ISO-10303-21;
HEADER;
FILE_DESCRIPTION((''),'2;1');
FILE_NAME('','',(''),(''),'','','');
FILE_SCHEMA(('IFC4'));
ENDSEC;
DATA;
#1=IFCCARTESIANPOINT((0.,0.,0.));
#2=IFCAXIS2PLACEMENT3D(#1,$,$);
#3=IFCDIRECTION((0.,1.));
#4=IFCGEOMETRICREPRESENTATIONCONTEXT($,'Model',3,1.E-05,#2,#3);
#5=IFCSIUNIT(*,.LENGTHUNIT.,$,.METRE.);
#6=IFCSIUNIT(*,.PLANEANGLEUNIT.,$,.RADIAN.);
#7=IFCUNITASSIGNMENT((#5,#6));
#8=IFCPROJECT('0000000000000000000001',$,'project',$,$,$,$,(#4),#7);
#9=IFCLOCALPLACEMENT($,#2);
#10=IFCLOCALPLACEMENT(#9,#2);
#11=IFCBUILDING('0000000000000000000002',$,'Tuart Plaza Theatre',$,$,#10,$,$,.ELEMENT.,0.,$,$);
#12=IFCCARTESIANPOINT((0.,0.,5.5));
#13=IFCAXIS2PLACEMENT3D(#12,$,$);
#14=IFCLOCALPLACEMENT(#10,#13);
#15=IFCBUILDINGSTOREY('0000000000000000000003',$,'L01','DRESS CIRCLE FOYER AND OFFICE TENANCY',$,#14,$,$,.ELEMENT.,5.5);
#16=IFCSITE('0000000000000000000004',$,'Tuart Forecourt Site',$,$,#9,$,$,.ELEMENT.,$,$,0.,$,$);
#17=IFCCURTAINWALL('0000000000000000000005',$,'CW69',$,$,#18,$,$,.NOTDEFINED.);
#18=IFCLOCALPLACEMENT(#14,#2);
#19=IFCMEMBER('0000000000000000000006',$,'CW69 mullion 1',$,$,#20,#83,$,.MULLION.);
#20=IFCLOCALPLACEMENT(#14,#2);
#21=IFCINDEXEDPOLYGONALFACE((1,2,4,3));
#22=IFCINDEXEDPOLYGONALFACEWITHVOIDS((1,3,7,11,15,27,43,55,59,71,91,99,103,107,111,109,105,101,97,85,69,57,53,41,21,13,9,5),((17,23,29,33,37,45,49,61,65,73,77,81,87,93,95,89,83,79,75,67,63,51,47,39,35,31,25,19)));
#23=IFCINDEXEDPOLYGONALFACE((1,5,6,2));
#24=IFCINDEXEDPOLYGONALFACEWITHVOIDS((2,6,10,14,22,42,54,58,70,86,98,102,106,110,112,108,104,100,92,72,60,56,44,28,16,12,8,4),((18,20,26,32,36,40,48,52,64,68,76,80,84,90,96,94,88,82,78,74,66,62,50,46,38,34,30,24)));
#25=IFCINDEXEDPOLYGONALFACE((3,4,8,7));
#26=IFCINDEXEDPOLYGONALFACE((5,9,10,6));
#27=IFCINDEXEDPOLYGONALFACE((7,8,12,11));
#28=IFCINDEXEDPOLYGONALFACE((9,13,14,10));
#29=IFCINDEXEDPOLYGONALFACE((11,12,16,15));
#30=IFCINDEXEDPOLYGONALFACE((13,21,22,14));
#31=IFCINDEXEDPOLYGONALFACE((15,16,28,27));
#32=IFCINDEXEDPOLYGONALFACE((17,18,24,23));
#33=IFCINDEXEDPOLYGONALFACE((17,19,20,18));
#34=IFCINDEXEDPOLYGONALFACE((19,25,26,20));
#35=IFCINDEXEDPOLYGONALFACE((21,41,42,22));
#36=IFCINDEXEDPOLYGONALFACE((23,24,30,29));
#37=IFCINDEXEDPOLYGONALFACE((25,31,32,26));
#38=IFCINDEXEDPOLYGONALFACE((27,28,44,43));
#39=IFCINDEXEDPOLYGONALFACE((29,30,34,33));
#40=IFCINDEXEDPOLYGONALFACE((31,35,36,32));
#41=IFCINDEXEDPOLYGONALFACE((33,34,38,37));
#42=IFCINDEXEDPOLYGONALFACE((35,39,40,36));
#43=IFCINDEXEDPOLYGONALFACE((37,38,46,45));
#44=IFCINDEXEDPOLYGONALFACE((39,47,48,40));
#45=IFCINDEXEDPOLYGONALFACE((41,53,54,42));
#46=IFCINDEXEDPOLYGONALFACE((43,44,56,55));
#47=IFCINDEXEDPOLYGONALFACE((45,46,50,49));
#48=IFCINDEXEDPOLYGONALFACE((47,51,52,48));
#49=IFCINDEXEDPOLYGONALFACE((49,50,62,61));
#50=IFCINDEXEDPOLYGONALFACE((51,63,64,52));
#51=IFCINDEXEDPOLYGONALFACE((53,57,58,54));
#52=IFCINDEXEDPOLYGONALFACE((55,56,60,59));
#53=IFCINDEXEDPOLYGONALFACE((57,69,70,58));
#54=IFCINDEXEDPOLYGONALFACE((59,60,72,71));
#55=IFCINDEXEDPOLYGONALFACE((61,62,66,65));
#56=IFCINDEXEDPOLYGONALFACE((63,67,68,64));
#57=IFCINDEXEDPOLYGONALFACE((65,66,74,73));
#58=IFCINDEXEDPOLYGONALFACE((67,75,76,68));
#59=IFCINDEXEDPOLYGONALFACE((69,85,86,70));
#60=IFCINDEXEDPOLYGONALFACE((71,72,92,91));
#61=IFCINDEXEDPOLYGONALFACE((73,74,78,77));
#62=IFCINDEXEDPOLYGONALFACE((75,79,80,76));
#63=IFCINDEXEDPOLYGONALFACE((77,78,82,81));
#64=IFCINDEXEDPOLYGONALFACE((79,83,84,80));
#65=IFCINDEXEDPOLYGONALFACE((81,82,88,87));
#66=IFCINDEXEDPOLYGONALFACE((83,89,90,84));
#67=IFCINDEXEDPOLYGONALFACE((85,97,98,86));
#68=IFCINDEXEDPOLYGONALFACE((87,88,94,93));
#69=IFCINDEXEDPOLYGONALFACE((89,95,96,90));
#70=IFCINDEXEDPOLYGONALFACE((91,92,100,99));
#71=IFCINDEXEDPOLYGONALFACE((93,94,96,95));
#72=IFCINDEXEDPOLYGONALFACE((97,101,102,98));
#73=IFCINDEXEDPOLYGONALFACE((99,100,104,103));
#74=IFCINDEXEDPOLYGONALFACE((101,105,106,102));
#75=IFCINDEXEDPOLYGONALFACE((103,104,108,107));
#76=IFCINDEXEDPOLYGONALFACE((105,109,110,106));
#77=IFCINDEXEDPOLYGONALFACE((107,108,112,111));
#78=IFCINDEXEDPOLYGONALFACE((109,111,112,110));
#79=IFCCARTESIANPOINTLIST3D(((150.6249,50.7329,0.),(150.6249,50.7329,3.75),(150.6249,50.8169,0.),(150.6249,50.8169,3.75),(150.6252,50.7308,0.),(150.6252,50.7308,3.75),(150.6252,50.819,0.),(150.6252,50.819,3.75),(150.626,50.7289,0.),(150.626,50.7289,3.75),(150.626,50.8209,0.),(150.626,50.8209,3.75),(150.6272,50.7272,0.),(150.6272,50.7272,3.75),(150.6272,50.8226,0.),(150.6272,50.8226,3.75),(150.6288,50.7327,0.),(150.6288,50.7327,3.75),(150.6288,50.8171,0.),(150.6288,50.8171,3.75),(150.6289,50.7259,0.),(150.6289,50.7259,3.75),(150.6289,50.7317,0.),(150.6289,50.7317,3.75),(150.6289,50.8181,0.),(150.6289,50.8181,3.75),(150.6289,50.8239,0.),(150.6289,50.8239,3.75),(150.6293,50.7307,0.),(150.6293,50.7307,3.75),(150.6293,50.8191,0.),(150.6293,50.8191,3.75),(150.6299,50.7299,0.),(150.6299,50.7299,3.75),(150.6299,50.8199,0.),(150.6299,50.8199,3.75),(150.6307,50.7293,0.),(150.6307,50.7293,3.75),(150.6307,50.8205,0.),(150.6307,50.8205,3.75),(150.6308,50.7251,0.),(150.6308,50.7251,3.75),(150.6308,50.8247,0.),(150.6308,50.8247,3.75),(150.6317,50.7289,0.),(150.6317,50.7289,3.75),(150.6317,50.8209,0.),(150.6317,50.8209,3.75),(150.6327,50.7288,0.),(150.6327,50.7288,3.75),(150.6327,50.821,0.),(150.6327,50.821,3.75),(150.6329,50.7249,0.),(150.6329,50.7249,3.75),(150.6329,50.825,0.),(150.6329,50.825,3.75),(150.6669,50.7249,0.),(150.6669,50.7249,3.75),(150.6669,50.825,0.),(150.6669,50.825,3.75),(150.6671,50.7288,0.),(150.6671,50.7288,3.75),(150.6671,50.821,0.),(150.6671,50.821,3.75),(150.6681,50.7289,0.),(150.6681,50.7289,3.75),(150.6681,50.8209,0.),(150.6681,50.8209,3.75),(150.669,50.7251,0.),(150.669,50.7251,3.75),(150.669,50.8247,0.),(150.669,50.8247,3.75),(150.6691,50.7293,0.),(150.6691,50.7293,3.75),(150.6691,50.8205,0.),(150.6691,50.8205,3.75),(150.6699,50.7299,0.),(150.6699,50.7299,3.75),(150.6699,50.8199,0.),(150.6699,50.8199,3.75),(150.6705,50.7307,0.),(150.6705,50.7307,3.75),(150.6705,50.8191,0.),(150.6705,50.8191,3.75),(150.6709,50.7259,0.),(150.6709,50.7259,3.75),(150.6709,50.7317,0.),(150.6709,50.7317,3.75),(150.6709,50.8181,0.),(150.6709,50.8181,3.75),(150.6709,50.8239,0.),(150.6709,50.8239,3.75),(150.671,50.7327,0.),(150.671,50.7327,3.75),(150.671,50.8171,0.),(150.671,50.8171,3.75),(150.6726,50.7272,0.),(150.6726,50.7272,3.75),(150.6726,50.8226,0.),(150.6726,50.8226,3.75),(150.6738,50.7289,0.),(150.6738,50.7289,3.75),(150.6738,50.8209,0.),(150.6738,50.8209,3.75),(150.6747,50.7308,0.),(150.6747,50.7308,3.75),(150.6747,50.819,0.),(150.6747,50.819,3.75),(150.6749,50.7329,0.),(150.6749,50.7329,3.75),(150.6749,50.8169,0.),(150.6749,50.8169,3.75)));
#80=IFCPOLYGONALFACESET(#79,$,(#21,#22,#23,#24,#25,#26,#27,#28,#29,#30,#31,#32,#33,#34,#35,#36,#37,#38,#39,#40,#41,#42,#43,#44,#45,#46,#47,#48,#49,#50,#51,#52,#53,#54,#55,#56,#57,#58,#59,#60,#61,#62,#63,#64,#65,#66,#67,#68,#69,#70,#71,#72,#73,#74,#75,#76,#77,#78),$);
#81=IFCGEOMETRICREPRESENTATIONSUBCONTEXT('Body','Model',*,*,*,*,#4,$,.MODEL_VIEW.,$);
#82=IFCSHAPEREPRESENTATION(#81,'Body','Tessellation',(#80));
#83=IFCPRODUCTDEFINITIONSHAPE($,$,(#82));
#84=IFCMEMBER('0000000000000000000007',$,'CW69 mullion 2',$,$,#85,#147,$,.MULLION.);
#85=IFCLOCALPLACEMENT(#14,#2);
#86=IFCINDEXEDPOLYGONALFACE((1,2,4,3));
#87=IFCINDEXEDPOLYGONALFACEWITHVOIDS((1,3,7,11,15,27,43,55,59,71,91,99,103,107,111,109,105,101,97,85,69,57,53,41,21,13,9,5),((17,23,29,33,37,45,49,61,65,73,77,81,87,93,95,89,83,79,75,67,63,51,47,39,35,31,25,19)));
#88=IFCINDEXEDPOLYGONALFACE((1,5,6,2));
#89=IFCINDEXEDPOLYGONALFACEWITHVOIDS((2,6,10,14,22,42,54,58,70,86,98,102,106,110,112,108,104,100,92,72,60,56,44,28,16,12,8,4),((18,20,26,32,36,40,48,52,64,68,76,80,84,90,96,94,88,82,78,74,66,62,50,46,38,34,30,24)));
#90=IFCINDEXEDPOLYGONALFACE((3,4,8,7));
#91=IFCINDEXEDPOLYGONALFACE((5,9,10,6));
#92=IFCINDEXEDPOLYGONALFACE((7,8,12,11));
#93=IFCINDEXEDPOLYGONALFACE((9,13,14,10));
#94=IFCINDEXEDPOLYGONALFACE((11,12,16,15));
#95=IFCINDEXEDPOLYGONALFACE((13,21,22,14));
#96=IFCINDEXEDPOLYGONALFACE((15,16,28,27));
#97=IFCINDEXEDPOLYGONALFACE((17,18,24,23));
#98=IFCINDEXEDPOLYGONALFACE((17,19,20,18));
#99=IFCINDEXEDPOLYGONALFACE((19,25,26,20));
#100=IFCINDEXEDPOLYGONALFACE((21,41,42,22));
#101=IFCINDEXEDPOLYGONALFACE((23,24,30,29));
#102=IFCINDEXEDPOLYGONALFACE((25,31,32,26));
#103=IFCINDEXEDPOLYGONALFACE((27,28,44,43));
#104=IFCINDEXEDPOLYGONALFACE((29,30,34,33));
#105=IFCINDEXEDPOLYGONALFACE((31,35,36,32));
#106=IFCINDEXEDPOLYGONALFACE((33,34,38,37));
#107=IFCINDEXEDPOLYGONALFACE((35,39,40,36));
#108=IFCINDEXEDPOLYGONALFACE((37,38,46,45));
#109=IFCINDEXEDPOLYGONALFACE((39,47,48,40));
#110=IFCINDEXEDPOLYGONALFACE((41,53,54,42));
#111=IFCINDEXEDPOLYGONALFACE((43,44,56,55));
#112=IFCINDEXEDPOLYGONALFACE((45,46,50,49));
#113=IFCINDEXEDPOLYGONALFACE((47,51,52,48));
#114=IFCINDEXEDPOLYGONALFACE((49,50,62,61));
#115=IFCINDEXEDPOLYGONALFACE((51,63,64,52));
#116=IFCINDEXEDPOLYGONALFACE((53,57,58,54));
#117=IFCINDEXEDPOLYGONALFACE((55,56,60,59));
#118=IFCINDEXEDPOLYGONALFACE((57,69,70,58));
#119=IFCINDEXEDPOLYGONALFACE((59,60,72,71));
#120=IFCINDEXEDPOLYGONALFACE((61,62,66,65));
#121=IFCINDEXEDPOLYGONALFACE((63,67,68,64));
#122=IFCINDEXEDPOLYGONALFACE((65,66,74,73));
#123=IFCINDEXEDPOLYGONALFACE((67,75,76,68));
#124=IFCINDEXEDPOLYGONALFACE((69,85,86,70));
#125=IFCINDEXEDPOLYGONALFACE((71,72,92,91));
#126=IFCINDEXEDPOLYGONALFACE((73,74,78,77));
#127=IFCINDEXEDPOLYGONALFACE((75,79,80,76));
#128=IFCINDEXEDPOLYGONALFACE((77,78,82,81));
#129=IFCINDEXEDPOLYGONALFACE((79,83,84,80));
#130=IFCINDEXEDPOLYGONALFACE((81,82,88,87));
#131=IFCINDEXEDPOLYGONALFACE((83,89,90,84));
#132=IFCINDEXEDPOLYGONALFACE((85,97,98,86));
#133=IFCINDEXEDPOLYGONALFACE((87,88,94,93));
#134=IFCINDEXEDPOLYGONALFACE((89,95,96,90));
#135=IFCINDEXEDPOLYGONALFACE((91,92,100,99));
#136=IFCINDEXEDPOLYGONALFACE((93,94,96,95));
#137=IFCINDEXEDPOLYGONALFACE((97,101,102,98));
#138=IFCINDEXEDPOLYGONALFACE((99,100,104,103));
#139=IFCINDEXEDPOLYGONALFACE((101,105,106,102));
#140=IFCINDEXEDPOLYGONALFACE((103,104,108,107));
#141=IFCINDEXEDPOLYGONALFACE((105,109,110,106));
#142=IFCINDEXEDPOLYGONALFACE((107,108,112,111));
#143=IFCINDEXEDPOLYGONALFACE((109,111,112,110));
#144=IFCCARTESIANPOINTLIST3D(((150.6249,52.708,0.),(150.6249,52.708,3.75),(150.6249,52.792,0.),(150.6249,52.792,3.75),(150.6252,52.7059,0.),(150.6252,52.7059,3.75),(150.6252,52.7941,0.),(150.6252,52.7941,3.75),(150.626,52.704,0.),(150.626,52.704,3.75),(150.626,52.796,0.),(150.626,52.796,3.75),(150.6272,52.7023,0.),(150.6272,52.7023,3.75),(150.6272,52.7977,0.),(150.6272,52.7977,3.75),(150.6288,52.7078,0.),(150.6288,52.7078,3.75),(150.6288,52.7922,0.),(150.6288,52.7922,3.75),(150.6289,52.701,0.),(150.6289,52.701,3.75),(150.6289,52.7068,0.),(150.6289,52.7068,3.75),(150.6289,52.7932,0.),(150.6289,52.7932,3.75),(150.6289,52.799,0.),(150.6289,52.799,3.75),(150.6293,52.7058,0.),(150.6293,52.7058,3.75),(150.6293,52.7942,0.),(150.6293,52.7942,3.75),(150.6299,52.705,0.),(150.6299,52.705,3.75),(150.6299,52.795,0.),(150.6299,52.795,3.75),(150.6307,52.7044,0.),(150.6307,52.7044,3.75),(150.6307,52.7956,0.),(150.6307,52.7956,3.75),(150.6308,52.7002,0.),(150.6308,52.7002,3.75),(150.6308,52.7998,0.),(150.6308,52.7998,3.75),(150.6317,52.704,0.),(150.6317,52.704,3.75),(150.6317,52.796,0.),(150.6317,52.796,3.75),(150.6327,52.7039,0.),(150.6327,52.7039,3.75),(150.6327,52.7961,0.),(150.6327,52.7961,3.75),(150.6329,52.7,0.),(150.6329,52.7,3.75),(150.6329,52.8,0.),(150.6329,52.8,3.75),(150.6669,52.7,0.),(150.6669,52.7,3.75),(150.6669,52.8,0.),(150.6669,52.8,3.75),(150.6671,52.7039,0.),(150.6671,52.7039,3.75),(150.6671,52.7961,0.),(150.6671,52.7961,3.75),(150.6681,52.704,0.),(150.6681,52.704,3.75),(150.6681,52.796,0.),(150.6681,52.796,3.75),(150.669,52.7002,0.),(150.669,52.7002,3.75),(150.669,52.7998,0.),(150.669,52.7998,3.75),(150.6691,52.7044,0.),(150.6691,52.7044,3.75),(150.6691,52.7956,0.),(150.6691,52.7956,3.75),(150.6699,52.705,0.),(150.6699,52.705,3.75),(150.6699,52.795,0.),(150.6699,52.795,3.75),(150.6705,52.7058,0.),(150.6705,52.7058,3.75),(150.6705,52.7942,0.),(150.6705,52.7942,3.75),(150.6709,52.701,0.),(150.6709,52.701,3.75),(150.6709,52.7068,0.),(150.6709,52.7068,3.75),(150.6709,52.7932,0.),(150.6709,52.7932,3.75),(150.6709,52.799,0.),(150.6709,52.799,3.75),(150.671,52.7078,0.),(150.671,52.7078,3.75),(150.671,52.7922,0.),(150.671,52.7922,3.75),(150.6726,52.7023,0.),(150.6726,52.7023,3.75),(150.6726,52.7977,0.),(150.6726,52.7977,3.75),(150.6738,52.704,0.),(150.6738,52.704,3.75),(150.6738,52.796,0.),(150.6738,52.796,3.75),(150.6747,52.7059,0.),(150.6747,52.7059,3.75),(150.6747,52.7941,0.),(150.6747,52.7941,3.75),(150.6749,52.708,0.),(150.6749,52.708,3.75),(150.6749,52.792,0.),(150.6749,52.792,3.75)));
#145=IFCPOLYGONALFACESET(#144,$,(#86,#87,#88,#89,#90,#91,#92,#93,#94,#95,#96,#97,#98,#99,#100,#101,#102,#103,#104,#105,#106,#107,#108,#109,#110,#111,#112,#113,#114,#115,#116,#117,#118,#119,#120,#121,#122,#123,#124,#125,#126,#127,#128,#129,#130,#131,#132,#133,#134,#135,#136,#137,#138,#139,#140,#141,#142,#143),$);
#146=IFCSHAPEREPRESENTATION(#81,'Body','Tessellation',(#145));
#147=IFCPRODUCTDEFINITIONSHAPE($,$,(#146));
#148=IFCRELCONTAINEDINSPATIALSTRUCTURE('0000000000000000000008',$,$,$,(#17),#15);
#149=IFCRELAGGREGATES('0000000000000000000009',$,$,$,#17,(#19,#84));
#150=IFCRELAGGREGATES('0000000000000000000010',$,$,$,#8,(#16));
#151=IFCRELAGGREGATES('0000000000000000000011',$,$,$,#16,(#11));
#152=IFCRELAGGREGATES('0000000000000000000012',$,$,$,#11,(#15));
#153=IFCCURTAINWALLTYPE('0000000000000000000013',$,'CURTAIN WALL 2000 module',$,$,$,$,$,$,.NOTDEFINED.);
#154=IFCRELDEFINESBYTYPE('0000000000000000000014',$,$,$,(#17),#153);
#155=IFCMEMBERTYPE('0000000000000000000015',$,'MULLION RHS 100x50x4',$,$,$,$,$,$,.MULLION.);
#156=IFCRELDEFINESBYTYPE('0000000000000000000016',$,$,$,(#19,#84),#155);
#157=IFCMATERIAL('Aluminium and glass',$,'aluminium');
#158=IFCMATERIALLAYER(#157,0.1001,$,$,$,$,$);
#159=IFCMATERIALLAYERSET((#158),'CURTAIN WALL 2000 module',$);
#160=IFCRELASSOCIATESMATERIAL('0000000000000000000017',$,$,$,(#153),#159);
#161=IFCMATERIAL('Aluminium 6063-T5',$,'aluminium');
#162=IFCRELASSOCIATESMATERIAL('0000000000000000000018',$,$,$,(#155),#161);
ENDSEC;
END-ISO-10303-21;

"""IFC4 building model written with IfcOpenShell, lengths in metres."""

from ifc_helpers import new_model, si_unit, direction, frame, origin, origin_2d, place, context, subcontext, project, spatial, hollow_rectangle, extrude, material, layer, layer_set, material_profile, profile_set, type_object, element, aggregate, save


model = new_model("IFC4")

# Units and contexts
model_context = context("Model", 3, precision=1e-05, world=origin(), true_north=direction((0.0, 1.0)))
body_context = subcontext(model_context, "Body", "Model", "MODEL_VIEW")
ifc_project = project(units=[si_unit("LENGTHUNIT", "METRE"), si_unit("PLANEANGLEUNIT", "RADIAN")], contexts=[model_context])

# Site, building, storey
site_placement = place(None, origin())
site = spatial("IfcSite", under=ifc_project, at=site_placement, Name="Tuart Forecourt Site", CompositionType="ELEMENT", RefElevation=0.0)
building_placement = place(site_placement, origin())
building = spatial("IfcBuilding", under=site, at=building_placement, Name="Tuart Plaza Theatre", CompositionType="ELEMENT", ElevationOfRefHeight=0.0)
storey_placement = place(building_placement, frame((0.0, 0.0, 5.5)))
storey = spatial("IfcBuildingStorey", under=building, at=storey_placement, Name="L01", Description="DRESS CIRCLE FOYER AND OFFICE TENANCY", CompositionType="ELEMENT", Elevation=5.5)

# Curtain wall, members
ifc_material_1 = material(Name="Aluminium and glass", Category="aluminium")
ifc_layer_1 = layer(ifc_material_1, 0.1001)
ifc_layer_set_1 = layer_set([ifc_layer_1], Name="CURTAIN WALL 2000 module")
curtain_wall_type = type_object("IfcCurtainWallType", Name="CURTAIN WALL 2000 module", PredefinedType="NOTDEFINED", material=ifc_layer_set_1)
curtain_wall_placement = place(storey_placement, origin())
curtain_wall = element("IfcCurtainWall", 1, at=curtain_wall_placement, inside=storey, type_object=curtain_wall_type, Name="CW69", PredefinedType="NOTDEFINED")
ifc_material_2 = material(Name="Aluminium 6063-T5", Category="aluminium")
ifc_material_profile_1 = material_profile(ifc_material_2, hollow_rectangle(XDim=0.05, YDim=0.1001, WallThickness=0.0039, InnerFilletRadius=0.0039, OuterFilletRadius=0.0081, at=origin_2d()), Name="RHS 100x50x4")
ifc_profile_set_1 = profile_set([ifc_material_profile_1], Name="Aluminium 6063-T5")
member_type_1 = type_object("IfcMemberType", Name="MULLION RHS 100x50x4", PredefinedType="MULLION", material=ifc_profile_set_1)
member_1_placement = place(storey_placement, frame((150.6499, 50.7749, 0.0), z_axis=(0.0, 0.0, 1.0), x_axis=(-1.0, 0.0, 0.0)))
member_1 = element("IfcMember", 2, at=member_1_placement, type_object=member_type_1, Name="CW69 mullion 1", PredefinedType="MULLION", context=body_context, shape_type="SweptSolid", body=[
    extrude(hollow_rectangle(XDim=0.05, YDim=0.1001, WallThickness=0.0039, InnerFilletRadius=0.0039, OuterFilletRadius=0.0081, at=origin_2d()), origin(), (0.0, 0.0, 1.0), 3.75),
])
member_2_placement = place(storey_placement, frame((150.6499, 52.75, 0.0), z_axis=(0.0, 0.0, 1.0), x_axis=(-1.0, 0.0, 0.0)))
member_2 = element("IfcMember", 3, at=member_2_placement, type_object=member_type_1, Name="CW69 mullion 2", PredefinedType="MULLION", context=body_context, shape_type="SweptSolid", body=[
    extrude(hollow_rectangle(XDim=0.05, YDim=0.1001, WallThickness=0.0039, InnerFilletRadius=0.0039, OuterFilletRadius=0.0081, at=origin_2d()), origin(), (0.0, 0.0, 1.0), 3.75),
])
aggregate(curtain_wall, [member_1, member_2])

save(model, "model.ifc")
